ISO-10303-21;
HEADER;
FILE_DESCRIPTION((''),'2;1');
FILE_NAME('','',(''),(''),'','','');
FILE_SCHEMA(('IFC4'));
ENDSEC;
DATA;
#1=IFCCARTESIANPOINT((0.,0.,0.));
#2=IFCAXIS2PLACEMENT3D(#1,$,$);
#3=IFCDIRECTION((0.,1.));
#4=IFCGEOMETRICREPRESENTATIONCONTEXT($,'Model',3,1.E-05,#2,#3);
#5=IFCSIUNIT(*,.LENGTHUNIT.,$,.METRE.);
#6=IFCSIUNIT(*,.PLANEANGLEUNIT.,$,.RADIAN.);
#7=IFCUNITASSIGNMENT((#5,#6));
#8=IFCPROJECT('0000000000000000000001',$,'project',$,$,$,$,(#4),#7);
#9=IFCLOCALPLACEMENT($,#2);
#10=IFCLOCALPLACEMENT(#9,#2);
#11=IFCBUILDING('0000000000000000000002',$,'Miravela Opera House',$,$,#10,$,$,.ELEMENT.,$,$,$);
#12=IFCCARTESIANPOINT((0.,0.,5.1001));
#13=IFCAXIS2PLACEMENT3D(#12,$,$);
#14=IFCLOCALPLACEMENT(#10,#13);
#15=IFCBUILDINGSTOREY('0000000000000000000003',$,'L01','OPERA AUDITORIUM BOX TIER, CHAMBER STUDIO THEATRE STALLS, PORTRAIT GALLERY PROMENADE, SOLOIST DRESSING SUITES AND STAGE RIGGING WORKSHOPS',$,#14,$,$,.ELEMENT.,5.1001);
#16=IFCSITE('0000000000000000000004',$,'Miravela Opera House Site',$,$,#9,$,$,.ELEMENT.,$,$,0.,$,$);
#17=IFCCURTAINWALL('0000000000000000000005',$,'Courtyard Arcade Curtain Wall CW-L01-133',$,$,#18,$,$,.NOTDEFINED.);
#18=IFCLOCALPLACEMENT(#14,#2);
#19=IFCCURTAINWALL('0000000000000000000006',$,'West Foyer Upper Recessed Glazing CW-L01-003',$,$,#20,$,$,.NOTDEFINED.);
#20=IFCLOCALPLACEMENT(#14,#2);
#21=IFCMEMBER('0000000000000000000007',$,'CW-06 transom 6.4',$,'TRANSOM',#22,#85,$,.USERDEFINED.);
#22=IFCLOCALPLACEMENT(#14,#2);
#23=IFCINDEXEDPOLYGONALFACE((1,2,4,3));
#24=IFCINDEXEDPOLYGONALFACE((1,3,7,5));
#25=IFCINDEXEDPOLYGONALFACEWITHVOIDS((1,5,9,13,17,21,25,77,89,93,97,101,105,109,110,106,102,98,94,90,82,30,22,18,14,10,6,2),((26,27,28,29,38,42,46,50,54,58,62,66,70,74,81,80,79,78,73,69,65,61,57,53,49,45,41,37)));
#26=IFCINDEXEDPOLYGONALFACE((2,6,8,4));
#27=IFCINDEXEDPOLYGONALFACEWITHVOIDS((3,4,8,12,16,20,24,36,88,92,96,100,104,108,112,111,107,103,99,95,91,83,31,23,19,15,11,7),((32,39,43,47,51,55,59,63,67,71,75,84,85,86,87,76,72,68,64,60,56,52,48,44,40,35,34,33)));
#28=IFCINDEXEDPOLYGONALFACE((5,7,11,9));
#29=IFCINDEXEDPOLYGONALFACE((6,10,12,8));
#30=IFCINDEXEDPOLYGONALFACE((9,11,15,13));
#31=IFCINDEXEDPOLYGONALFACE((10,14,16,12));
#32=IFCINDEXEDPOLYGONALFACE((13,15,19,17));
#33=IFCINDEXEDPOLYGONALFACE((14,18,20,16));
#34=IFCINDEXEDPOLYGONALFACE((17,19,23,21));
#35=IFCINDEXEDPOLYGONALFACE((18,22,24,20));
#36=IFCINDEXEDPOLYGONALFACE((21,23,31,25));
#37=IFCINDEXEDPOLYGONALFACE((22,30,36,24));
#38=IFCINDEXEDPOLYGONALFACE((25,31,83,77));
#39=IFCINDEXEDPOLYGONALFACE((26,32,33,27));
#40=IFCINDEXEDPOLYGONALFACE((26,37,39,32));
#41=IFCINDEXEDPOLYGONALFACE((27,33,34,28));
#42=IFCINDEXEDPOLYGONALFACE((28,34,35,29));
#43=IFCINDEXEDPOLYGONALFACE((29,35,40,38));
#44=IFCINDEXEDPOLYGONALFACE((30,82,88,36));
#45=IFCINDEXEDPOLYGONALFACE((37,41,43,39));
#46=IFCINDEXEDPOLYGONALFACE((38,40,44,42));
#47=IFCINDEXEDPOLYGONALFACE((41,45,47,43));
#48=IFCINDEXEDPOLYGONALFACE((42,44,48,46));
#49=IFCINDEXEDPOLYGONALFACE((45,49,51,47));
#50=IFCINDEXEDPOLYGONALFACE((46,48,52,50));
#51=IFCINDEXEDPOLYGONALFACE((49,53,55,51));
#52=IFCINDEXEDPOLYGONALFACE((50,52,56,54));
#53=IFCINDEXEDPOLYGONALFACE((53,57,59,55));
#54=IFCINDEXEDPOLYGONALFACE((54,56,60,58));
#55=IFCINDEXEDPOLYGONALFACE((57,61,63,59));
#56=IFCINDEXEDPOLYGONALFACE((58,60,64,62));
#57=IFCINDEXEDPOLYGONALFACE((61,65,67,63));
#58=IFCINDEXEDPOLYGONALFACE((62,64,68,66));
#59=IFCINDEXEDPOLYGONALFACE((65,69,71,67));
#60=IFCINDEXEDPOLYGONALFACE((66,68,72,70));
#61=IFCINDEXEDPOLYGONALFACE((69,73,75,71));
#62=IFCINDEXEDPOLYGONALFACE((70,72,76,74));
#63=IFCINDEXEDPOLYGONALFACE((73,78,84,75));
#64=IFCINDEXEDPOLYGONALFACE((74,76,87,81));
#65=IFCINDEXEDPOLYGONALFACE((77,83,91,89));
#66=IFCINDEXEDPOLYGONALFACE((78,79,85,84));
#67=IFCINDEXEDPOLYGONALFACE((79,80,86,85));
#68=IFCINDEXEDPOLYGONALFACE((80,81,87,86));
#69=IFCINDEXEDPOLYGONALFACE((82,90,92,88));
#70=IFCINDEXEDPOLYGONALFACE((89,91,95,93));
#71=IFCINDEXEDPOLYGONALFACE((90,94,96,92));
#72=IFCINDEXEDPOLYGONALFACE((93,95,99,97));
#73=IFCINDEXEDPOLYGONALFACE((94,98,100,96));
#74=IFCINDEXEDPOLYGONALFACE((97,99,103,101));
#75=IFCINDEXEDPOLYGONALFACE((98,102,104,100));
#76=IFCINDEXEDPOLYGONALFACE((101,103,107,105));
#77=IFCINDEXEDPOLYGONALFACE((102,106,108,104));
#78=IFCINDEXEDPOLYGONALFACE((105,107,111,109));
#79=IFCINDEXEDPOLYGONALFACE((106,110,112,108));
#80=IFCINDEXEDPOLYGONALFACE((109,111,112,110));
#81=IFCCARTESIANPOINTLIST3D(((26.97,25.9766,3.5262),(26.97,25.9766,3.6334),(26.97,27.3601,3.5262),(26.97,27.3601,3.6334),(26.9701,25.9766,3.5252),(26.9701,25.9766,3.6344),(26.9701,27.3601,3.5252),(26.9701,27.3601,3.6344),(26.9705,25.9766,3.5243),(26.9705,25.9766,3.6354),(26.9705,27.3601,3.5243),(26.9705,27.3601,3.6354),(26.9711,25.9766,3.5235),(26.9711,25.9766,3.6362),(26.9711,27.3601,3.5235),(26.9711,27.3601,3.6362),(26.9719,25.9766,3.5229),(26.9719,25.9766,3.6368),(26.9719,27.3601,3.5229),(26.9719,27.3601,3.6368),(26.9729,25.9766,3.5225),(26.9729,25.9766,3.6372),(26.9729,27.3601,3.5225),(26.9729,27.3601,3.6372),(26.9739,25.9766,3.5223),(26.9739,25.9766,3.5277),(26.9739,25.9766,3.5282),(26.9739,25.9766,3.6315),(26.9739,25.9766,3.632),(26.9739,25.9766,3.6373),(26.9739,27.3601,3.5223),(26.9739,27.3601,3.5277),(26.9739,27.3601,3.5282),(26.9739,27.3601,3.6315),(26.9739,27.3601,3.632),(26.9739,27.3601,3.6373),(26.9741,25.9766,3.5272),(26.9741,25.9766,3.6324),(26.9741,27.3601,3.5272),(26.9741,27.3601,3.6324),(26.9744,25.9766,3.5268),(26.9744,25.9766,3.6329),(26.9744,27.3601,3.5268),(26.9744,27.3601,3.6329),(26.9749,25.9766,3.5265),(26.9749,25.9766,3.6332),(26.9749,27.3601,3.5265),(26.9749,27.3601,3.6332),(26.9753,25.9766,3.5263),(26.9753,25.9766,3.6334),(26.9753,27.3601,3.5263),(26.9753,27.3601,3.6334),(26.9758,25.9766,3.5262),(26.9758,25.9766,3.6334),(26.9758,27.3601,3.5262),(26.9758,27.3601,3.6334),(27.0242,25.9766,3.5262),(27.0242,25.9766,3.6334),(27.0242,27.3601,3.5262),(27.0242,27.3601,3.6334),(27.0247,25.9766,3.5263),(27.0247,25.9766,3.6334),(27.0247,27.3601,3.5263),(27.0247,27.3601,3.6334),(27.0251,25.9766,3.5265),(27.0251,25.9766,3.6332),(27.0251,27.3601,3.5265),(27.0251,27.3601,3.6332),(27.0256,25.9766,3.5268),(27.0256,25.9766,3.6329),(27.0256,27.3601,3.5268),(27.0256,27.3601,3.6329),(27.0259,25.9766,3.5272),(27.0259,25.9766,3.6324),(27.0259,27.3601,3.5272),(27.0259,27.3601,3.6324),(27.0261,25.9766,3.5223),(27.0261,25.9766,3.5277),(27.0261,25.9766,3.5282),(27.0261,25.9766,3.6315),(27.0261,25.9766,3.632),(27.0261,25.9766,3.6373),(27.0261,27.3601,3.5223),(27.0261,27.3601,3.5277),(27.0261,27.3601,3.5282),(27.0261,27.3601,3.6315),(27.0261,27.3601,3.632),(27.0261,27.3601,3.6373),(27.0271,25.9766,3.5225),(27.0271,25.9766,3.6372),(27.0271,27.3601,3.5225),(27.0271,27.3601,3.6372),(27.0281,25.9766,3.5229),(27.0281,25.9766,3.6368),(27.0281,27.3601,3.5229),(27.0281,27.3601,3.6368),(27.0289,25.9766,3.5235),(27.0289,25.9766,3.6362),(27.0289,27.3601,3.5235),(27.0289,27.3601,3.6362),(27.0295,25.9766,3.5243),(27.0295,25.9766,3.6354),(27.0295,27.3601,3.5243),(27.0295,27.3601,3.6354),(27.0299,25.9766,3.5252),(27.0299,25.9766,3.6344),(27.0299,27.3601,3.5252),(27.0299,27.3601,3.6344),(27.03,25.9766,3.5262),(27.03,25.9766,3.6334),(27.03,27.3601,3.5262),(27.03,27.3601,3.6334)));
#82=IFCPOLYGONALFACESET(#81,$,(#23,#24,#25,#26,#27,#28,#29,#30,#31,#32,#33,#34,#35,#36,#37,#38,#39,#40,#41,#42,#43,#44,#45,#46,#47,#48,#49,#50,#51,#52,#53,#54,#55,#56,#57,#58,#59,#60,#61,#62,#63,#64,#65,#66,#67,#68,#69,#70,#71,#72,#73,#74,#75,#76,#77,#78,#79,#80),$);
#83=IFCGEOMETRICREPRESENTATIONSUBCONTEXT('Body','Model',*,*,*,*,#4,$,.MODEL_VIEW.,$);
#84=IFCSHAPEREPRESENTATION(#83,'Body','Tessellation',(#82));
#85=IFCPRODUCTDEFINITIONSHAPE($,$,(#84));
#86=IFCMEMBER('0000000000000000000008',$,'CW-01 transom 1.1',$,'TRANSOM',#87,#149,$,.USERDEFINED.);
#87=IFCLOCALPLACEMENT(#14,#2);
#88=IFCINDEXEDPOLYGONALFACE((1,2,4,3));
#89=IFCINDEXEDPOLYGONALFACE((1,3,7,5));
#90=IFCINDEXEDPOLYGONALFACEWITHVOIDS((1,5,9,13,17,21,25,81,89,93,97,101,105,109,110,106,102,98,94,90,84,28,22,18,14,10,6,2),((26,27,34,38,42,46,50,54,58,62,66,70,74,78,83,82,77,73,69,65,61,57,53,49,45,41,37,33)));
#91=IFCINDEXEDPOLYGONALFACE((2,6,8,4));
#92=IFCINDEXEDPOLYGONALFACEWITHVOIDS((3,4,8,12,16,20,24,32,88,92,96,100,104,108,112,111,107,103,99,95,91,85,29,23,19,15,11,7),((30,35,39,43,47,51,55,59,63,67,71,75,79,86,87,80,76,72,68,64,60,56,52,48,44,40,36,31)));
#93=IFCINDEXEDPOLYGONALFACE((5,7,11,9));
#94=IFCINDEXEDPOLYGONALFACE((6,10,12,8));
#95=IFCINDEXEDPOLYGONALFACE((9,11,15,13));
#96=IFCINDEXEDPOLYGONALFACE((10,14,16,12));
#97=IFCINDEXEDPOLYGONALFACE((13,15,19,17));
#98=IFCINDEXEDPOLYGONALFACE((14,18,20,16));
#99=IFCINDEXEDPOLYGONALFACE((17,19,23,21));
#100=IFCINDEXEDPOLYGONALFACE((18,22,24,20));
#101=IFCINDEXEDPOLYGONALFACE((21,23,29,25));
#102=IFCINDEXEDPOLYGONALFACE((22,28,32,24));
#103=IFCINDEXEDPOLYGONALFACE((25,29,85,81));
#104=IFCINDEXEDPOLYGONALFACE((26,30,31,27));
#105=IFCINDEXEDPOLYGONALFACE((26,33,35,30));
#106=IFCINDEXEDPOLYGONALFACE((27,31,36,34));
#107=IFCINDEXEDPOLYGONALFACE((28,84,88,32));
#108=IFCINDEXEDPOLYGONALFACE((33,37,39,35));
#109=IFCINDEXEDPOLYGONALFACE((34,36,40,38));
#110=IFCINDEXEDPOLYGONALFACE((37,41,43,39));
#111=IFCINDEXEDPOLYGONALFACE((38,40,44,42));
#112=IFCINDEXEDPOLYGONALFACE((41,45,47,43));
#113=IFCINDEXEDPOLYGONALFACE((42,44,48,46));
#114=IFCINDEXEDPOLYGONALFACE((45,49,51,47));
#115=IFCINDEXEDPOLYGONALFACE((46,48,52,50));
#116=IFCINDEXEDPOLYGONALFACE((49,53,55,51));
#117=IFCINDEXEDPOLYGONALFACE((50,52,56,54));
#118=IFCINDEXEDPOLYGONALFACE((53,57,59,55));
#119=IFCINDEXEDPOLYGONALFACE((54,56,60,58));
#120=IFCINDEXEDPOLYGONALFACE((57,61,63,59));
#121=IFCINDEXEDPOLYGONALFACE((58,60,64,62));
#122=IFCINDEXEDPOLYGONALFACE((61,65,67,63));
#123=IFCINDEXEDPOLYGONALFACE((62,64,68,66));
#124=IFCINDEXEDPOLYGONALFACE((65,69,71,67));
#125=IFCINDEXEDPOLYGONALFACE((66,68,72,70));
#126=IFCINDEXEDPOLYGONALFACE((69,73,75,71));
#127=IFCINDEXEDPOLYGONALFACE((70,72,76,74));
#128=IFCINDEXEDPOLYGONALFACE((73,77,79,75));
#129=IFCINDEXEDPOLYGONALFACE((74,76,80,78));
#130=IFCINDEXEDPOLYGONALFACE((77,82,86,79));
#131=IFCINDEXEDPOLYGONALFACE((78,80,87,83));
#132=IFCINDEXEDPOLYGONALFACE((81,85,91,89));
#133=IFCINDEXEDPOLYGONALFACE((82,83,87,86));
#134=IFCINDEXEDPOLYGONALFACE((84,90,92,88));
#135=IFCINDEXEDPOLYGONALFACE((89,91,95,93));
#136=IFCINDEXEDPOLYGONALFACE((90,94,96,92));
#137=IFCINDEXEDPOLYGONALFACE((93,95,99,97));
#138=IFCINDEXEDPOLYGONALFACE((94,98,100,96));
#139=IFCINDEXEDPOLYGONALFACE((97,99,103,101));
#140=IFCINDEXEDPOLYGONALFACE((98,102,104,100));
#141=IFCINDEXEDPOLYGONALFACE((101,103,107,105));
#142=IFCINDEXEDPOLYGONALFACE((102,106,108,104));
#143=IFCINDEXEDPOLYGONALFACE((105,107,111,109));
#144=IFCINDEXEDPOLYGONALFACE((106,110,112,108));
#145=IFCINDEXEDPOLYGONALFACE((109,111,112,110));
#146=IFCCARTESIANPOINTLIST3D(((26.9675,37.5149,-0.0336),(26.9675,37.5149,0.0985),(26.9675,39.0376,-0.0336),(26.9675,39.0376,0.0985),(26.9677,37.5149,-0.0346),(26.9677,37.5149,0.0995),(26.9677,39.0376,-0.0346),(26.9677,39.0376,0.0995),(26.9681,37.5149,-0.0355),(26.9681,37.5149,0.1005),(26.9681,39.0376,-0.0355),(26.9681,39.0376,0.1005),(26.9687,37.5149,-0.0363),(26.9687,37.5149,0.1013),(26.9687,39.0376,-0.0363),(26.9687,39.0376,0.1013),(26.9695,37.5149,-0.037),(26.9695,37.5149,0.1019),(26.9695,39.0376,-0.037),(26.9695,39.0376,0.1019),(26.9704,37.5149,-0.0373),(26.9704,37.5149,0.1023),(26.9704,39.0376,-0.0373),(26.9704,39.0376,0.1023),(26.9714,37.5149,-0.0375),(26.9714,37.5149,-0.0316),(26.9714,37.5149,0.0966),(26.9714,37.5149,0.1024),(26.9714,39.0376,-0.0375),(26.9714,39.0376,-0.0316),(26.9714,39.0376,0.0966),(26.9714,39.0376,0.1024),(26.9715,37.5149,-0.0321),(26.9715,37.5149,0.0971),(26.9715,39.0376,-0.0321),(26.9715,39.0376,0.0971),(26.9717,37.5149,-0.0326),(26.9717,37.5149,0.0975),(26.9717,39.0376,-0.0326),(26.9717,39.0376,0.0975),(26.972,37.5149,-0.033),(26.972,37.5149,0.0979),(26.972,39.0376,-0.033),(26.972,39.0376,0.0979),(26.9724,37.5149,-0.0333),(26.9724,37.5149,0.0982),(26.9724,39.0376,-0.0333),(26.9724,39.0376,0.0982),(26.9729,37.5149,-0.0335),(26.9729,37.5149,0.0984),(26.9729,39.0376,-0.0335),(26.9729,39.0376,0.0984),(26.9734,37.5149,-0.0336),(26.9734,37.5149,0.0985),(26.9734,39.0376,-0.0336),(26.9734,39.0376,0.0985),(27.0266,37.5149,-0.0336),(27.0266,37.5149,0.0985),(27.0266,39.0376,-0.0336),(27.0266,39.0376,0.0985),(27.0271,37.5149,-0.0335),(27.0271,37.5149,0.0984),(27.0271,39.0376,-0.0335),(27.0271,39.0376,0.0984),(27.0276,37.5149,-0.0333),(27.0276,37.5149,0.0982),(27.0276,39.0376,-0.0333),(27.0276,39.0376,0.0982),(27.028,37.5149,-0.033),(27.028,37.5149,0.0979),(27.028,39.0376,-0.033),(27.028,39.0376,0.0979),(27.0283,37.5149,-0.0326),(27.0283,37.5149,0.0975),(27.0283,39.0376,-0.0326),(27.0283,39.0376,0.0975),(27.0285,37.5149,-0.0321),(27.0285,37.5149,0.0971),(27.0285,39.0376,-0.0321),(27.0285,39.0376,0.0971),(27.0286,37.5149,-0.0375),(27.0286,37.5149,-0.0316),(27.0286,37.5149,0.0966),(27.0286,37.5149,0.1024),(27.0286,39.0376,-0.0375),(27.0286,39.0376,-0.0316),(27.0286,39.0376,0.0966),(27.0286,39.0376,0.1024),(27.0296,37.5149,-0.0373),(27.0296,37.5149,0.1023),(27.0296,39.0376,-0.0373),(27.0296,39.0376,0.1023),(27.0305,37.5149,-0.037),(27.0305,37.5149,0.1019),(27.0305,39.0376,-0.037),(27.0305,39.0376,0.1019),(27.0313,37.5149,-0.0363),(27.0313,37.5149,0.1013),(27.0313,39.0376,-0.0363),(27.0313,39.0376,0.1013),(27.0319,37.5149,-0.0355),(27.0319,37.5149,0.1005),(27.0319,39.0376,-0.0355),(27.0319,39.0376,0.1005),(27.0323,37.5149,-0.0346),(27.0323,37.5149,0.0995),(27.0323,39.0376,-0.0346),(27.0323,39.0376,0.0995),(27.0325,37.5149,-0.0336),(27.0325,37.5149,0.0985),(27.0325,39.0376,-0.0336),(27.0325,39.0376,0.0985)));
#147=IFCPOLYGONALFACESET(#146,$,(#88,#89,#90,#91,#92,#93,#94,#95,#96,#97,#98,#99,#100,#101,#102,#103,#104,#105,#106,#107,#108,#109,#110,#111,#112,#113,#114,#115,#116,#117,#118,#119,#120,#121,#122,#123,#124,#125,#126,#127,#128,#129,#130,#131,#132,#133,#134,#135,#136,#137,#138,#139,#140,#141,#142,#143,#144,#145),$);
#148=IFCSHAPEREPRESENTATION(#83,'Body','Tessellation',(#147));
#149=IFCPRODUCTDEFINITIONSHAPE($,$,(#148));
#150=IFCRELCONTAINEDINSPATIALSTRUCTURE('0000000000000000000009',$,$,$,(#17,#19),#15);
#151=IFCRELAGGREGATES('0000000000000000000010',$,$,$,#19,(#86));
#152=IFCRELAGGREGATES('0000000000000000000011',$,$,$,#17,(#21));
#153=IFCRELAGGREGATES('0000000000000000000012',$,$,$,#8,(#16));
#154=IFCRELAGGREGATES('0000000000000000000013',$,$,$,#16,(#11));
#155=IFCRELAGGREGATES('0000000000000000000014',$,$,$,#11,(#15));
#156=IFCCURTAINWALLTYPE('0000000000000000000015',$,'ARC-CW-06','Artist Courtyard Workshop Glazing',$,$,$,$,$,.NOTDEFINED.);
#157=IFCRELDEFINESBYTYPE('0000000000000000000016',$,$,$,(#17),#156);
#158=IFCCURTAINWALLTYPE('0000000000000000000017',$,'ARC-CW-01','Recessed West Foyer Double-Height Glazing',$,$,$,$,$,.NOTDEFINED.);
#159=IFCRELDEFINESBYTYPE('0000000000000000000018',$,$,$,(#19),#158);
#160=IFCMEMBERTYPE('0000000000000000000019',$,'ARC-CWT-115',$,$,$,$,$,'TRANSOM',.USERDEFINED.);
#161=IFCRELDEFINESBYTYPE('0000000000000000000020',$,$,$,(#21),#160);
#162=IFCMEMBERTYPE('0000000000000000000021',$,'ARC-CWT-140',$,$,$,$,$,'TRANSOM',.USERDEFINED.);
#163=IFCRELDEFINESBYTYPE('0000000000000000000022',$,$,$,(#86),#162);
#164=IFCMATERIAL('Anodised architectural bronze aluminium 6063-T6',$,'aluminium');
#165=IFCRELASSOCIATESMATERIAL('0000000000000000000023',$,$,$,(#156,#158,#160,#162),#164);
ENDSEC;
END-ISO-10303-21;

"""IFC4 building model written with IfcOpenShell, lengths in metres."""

from ifc_helpers import new_model, si_unit, direction, frame, origin, origin_2d, place, context, subcontext, project, spatial, hollow_rectangle, extrude, material, material_profile, profile_set, type_object, element, aggregate, save


model = new_model("IFC4")

# Units and contexts
model_context = context("Model", 3, precision=1e-05, world=origin(), true_north=direction((0.0, 1.0)))
body_context = subcontext(model_context, "Body", "Model", "MODEL_VIEW")
ifc_project = project(units=[si_unit("LENGTHUNIT", "METRE"), si_unit("PLANEANGLEUNIT", "RADIAN")], contexts=[model_context])

# Site, building, storey
site_placement = place(None, origin())
site = spatial("IfcSite", under=ifc_project, at=site_placement, Name="Miravela Opera House Site", CompositionType="ELEMENT", RefElevation=0.0)
building_placement = place(site_placement, origin())
building = spatial("IfcBuilding", under=site, at=building_placement, Name="Miravela Opera House", CompositionType="ELEMENT")
storey_placement = place(building_placement, frame((0.0, 0.0, 5.1001)))
storey = spatial("IfcBuildingStorey", under=building, at=storey_placement, Name="L01", Description="OPERA AUDITORIUM BOX TIER, CHAMBER STUDIO THEATRE STALLS, PORTRAIT GALLERY PROMENADE, SOLOIST DRESSING SUITES AND STAGE RIGGING WORKSHOPS", CompositionType="ELEMENT", Elevation=5.1001)

# Curtain wall
ifc_material_1 = material(Name="Anodised architectural bronze aluminium 6063-T6", Category="aluminium")
curtain_wall_type_1 = type_object("IfcCurtainWallType", Name="ARC-CW-06", Description="Artist Courtyard Workshop Glazing", PredefinedType="NOTDEFINED", material=ifc_material_1)
curtain_wall_1_placement = place(storey_placement, origin())
curtain_wall_1 = element("IfcCurtainWall", 1, at=curtain_wall_1_placement, inside=storey, type_object=curtain_wall_type_1, Name="Courtyard Arcade Curtain Wall CW-L01-133", PredefinedType="NOTDEFINED")

# Curtain wall
curtain_wall_type_2 = type_object("IfcCurtainWallType", Name="ARC-CW-01", Description="Recessed West Foyer Double-Height Glazing", PredefinedType="NOTDEFINED", material=ifc_material_1)
curtain_wall_2_placement = place(storey_placement, origin())
curtain_wall_2 = element("IfcCurtainWall", 2, at=curtain_wall_2_placement, inside=storey, type_object=curtain_wall_type_2, Name="West Foyer Upper Recessed Glazing CW-L01-003", PredefinedType="NOTDEFINED")

# Members
ifc_material_profile_1 = material_profile(ifc_material_1, hollow_rectangle(XDim=0.0601, YDim=0.115, WallThickness=0.0039, InnerFilletRadius=0.002, OuterFilletRadius=0.0039, at=origin_2d()), Name="CWT-60X115")
ifc_profile_set_1 = profile_set([ifc_material_profile_1])
member_type_1 = type_object("IfcMemberType", Name="ARC-CWT-115", ElementType="TRANSOM", PredefinedType="USERDEFINED", material=ifc_profile_set_1)
member_1_placement = place(storey_placement, frame((27.0, 25.9766, 3.5798), z_axis=(0.0, 1.0, 0.0), x_axis=(-1.0, 0.0, 0.0)))
member_1 = element("IfcMember", 3, at=member_1_placement, type_object=member_type_1, Name="CW-06 transom 6.4", ObjectType="TRANSOM", PredefinedType="USERDEFINED", context=body_context, shape_type="SweptSolid", body=[
    extrude(hollow_rectangle(XDim=0.0601, YDim=0.115, WallThickness=0.0039, InnerFilletRadius=0.002, OuterFilletRadius=0.0039, at=origin_2d()), origin(), (0.0, 0.0, 1.0), 1.3835),
])
ifc_material_profile_2 = material_profile(ifc_material_1, hollow_rectangle(XDim=0.0649, YDim=0.1399, WallThickness=0.0039, InnerFilletRadius=0.002, OuterFilletRadius=0.0039, at=origin_2d()), Name="CWT-65X140")
ifc_profile_set_2 = profile_set([ifc_material_profile_2])
member_type_2 = type_object("IfcMemberType", Name="ARC-CWT-140", ElementType="TRANSOM", PredefinedType="USERDEFINED", material=ifc_profile_set_2)
member_2_placement = place(storey_placement, frame((27.0, 37.5149, 0.0325), z_axis=(0.0, 1.0, 0.0), x_axis=(-1.0, 0.0, 0.0)))
member_2 = element("IfcMember", 4, at=member_2_placement, type_object=member_type_2, Name="CW-01 transom 1.1", ObjectType="TRANSOM", PredefinedType="USERDEFINED", context=body_context, shape_type="SweptSolid", body=[
    extrude(hollow_rectangle(XDim=0.0649, YDim=0.1399, WallThickness=0.0039, InnerFilletRadius=0.002, OuterFilletRadius=0.0039, at=origin_2d()), origin(), (0.0, 0.0, 1.0), 1.5227),
])

aggregate(curtain_wall_2, [member_2])
aggregate(curtain_wall_1, [member_1])

save(model, "model.ifc")
